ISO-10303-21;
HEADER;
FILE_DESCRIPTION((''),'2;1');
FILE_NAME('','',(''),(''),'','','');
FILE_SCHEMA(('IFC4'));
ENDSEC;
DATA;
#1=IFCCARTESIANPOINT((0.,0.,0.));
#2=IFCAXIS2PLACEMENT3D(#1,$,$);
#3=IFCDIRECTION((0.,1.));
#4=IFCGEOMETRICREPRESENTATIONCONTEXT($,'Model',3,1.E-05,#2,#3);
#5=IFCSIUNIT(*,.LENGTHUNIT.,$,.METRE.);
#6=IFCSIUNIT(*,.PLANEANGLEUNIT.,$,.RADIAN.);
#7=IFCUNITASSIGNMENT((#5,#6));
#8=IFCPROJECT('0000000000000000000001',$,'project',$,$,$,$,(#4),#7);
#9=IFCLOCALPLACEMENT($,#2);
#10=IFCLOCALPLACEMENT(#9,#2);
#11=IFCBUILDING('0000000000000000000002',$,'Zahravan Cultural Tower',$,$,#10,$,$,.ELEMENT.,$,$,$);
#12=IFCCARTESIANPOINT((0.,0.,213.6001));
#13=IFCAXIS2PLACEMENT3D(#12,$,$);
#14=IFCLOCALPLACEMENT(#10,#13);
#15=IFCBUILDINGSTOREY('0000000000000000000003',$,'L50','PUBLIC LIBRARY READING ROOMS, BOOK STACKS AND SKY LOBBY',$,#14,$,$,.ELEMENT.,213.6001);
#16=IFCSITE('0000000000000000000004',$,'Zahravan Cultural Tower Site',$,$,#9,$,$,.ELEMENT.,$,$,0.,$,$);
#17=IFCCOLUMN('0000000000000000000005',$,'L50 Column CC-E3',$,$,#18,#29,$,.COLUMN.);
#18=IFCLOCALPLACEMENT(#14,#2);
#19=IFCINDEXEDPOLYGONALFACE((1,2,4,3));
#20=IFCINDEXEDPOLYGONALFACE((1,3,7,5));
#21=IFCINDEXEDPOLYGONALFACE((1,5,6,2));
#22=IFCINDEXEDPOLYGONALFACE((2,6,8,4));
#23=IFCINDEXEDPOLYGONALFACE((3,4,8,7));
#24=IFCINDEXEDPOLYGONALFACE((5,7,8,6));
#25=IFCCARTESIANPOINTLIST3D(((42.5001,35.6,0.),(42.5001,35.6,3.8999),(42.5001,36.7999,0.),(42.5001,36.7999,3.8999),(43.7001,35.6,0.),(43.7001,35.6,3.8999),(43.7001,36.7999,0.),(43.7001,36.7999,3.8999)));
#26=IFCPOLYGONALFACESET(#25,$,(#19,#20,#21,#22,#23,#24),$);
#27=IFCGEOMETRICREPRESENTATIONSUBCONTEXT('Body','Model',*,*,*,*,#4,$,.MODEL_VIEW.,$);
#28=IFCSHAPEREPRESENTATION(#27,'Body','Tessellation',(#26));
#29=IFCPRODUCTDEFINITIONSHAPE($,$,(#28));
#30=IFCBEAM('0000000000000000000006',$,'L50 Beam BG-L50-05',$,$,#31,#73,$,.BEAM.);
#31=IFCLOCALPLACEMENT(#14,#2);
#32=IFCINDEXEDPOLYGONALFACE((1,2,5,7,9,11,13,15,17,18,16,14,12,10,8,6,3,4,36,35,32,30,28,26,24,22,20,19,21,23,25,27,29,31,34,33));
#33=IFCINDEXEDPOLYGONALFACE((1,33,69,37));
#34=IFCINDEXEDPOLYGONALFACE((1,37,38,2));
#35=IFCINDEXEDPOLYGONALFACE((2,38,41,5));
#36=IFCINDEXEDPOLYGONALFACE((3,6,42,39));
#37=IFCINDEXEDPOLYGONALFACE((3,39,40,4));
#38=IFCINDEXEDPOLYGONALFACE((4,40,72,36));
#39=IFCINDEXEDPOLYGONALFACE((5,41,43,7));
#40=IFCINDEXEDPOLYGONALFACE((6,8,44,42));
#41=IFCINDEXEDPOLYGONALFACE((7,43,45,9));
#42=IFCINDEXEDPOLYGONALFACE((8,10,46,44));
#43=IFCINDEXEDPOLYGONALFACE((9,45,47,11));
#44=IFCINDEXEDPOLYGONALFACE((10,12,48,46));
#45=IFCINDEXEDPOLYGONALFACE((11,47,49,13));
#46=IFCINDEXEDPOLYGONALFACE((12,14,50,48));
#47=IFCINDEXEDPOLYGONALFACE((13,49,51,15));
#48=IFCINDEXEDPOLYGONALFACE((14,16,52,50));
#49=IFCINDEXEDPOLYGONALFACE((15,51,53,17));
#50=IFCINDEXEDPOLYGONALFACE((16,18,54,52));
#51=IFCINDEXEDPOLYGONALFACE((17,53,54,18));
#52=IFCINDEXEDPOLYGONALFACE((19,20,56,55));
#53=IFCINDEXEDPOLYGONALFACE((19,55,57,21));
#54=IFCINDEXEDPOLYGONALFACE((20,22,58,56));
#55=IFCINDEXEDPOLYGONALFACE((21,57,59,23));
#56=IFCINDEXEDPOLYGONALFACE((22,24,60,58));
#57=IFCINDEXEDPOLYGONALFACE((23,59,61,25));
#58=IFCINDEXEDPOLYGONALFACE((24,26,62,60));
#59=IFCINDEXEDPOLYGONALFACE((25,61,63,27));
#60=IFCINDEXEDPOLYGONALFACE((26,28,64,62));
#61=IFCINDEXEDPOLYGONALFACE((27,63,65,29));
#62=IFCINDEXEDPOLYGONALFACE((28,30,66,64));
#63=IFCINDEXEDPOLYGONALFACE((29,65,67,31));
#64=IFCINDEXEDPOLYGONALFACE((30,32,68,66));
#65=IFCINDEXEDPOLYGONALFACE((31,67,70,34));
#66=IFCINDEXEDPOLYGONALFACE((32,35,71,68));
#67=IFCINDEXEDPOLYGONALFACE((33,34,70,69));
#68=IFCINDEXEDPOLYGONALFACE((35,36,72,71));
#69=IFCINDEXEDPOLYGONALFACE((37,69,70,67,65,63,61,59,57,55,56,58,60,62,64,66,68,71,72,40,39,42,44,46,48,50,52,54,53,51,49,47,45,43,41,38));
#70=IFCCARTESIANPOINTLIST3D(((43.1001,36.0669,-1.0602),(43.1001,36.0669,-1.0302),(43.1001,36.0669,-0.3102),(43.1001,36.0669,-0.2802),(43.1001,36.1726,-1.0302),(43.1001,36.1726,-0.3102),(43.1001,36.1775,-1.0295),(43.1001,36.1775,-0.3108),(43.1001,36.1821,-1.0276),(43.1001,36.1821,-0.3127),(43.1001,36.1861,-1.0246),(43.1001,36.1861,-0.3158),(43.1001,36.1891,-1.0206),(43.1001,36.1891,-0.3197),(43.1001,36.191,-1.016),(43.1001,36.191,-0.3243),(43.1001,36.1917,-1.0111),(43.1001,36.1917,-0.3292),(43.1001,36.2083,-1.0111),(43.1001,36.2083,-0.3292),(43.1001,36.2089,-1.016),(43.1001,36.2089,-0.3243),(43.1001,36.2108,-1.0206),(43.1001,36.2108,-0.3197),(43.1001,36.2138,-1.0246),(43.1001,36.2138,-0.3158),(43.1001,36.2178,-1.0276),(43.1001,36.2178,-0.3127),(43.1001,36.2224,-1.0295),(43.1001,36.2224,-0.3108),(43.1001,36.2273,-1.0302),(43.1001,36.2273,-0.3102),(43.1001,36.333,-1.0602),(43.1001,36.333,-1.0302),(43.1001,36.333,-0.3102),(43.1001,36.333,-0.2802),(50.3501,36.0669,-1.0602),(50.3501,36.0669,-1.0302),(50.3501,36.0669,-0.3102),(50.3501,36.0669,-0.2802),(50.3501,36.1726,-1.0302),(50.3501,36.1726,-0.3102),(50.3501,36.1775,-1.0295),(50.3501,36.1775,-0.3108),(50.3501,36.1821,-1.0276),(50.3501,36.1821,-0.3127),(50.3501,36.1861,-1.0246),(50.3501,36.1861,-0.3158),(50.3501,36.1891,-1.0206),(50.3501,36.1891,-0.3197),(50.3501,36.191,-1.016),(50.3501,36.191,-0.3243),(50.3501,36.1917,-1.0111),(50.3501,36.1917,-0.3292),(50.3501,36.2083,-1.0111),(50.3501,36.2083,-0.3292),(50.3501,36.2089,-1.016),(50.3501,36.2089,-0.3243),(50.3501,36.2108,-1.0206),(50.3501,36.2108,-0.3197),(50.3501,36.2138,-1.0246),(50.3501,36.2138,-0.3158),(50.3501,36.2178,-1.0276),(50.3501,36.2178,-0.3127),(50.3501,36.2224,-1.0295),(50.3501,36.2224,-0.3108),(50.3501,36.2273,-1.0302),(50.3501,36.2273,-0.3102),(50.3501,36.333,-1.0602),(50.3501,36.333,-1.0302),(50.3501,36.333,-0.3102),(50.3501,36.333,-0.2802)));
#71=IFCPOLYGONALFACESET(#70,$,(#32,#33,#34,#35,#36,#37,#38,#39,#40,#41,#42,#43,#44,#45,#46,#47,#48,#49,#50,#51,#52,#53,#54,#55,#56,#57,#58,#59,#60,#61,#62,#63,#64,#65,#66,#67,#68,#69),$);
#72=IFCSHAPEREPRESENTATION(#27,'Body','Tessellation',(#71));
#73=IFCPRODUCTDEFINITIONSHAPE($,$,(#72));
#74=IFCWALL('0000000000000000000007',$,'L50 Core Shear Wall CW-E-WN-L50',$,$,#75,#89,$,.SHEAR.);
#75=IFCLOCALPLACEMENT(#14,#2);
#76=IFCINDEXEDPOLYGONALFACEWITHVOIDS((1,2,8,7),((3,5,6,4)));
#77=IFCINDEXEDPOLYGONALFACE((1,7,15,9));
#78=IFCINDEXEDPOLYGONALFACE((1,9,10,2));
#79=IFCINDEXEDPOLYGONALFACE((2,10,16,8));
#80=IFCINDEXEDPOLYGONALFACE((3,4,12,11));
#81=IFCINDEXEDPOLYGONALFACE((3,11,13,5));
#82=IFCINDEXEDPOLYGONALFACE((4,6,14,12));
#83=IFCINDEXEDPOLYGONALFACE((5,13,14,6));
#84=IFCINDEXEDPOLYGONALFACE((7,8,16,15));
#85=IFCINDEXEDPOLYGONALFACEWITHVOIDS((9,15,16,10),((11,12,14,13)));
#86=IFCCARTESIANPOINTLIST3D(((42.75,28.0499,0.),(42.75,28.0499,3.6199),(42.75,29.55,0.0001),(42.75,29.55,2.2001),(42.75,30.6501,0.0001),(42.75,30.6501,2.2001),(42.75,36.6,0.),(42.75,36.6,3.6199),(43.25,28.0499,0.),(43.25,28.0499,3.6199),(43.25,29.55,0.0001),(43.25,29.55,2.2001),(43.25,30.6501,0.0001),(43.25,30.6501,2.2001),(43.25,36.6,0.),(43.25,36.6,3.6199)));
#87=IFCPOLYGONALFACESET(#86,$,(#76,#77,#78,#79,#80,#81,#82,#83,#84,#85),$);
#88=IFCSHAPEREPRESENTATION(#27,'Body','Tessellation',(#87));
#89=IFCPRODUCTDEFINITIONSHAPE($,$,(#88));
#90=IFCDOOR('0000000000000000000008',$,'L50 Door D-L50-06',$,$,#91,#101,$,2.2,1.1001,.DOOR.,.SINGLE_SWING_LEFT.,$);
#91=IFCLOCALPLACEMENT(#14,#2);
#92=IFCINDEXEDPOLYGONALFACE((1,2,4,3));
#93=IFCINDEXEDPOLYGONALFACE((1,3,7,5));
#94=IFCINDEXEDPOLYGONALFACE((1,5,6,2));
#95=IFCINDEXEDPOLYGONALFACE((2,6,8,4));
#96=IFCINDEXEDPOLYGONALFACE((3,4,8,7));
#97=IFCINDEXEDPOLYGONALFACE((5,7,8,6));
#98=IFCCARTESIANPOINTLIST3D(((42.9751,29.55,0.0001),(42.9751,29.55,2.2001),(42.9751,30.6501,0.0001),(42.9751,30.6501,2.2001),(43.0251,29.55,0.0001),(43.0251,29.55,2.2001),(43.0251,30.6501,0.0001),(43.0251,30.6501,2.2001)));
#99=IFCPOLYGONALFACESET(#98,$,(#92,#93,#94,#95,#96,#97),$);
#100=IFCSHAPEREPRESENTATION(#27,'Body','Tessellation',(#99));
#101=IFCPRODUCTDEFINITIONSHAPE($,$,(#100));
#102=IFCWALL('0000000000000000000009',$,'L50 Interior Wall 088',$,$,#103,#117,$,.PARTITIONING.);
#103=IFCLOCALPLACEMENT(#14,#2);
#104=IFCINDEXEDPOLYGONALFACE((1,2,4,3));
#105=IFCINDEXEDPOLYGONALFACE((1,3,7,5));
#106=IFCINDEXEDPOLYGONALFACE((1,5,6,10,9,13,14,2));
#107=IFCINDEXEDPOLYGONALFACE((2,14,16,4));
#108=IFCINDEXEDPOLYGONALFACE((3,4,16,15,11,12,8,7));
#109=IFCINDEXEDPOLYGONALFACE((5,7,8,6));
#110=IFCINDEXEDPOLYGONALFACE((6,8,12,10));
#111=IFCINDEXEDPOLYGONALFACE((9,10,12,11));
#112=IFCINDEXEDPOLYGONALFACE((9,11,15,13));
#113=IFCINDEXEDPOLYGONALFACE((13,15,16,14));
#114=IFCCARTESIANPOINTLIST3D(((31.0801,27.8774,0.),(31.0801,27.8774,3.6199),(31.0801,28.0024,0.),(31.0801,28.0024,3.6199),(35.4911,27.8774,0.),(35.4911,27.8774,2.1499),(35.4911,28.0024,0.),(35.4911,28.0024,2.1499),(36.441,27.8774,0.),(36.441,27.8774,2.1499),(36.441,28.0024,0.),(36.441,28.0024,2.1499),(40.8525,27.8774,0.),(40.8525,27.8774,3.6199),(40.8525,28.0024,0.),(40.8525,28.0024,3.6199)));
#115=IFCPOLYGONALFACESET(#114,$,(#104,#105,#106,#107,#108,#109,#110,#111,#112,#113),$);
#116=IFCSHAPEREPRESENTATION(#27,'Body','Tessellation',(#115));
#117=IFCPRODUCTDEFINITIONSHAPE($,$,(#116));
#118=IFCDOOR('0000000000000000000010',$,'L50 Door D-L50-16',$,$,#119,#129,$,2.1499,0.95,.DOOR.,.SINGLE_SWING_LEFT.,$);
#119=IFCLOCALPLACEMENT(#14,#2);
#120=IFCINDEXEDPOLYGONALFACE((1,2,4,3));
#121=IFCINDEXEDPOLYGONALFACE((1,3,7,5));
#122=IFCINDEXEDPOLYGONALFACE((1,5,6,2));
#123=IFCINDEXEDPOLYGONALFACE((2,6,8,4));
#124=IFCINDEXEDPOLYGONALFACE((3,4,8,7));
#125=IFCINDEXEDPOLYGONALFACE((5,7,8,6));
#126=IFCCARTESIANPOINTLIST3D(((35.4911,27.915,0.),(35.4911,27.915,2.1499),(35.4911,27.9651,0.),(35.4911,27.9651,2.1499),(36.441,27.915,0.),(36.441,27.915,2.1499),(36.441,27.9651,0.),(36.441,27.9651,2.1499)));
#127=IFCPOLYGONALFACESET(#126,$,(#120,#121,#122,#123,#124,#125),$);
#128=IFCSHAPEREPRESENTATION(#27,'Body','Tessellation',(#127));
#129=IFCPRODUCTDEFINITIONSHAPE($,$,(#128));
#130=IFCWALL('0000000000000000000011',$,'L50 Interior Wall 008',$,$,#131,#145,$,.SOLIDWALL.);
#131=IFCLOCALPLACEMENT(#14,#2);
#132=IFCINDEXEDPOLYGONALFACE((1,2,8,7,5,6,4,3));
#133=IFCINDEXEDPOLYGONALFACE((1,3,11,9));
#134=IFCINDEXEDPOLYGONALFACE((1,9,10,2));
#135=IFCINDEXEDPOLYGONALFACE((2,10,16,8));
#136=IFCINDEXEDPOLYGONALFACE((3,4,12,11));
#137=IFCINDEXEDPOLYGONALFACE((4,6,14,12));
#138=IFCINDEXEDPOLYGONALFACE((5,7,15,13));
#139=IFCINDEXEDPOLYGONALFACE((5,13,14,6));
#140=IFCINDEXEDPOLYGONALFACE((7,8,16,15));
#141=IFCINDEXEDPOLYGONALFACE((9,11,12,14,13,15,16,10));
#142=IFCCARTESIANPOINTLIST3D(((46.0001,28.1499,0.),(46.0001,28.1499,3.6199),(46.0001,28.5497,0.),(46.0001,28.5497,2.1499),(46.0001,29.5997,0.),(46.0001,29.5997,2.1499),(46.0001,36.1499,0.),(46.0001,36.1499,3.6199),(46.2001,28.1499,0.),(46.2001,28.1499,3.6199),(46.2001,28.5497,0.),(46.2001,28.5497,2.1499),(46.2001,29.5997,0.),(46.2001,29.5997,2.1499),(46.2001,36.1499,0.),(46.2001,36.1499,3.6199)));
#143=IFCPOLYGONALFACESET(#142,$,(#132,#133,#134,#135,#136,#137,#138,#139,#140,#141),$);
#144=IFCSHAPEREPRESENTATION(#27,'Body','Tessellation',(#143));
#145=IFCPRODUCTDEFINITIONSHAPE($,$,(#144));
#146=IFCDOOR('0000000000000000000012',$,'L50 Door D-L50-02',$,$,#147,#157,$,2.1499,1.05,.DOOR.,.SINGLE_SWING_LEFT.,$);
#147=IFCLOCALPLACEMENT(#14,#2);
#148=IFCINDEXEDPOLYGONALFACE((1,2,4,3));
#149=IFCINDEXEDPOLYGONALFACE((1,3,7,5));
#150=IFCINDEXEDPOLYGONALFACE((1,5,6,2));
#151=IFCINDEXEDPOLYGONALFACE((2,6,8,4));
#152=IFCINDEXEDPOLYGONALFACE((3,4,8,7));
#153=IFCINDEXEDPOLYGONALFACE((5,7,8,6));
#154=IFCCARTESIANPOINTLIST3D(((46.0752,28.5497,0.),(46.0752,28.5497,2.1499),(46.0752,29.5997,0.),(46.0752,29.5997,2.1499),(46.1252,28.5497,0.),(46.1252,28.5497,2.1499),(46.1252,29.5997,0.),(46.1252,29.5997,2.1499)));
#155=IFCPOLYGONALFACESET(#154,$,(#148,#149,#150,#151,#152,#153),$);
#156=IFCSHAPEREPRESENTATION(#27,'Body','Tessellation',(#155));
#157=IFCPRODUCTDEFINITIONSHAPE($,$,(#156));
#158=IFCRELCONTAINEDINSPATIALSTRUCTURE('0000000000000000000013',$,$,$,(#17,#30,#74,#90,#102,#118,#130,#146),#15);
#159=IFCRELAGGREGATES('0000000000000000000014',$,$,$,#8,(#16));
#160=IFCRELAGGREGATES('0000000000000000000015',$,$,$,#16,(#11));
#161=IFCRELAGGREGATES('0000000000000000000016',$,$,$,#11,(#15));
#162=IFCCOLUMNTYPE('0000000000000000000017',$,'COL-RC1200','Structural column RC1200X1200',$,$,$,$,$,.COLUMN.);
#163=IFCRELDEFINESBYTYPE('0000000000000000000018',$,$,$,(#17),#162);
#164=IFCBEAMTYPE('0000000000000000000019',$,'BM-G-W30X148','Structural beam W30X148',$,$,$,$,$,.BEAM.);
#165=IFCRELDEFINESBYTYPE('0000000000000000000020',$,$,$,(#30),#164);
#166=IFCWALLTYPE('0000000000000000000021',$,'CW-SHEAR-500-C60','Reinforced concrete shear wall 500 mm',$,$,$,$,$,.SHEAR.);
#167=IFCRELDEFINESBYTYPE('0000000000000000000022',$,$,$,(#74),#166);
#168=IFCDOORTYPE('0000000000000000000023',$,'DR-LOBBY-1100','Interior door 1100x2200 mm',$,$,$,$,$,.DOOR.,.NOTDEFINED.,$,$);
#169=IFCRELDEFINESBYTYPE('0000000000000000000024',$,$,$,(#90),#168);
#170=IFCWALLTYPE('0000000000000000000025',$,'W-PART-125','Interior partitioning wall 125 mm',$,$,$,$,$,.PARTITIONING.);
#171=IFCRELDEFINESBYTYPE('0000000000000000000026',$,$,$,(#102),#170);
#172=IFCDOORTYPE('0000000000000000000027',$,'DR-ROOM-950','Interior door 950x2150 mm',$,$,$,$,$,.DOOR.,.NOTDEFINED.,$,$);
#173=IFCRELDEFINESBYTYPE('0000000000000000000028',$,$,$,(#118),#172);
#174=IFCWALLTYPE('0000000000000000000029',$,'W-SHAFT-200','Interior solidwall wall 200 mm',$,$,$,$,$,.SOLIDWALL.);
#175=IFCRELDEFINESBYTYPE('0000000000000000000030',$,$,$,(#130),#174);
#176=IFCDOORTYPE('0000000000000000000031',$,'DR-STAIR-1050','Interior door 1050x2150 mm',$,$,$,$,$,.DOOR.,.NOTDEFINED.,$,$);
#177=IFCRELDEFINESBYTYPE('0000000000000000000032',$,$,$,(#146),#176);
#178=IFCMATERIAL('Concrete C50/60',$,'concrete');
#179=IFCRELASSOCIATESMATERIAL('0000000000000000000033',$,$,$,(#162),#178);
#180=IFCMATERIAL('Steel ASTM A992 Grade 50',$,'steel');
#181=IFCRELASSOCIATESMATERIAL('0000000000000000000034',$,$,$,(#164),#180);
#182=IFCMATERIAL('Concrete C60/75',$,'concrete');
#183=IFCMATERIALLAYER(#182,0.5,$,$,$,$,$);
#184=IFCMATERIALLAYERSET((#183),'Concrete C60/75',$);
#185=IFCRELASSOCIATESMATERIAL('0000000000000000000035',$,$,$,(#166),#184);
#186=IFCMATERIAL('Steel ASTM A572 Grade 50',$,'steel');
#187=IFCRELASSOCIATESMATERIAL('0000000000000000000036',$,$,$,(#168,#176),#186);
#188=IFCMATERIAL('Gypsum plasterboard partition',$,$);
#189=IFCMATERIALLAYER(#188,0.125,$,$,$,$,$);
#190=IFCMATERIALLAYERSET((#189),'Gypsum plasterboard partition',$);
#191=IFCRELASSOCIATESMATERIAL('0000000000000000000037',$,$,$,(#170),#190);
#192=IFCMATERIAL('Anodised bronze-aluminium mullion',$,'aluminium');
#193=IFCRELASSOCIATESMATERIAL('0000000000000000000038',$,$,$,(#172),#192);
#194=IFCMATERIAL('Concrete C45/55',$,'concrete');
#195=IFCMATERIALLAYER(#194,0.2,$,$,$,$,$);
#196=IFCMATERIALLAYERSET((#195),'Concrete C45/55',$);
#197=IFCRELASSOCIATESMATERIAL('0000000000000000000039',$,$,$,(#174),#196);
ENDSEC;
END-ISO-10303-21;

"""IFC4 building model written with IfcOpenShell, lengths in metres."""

from ifc_helpers import new_model, si_unit, direction, frame, frame_2d, origin, origin_2d, place, context, subcontext, project, spatial, rectangle, i_section, extrude, source, transform, mapped, material, layer, layer_set, material_profile, profile_set, type_object, element, fill, save


model = new_model("IFC4")

# Units and contexts
model_context = context("Model", 3, precision=1e-05, world=origin(), true_north=direction((0.0, 1.0)))
body_context = subcontext(model_context, "Body", "Model", "MODEL_VIEW")
ifc_project = project(units=[si_unit("LENGTHUNIT", "METRE"), si_unit("PLANEANGLEUNIT", "RADIAN")], contexts=[model_context])

# Site, building, storey
site_placement = place(None, origin())
site = spatial("IfcSite", under=ifc_project, at=site_placement, Name="Zahravan Cultural Tower Site", CompositionType="ELEMENT", RefElevation=0.0)
building_placement = place(site_placement, origin())
building = spatial("IfcBuilding", under=site, at=building_placement, Name="Zahravan Cultural Tower", CompositionType="ELEMENT")
storey_placement = place(building_placement, frame((0.0, 0.0, 213.6001)))
storey = spatial("IfcBuildingStorey", under=building, at=storey_placement, Name="L50", Description="PUBLIC LIBRARY READING ROOMS, BOOK STACKS AND SKY LOBBY", CompositionType="ELEMENT", Elevation=213.6001)

# Column
ifc_material_1 = material(Name="Concrete C50/60", Category="concrete")
ifc_material_profile_1 = material_profile(ifc_material_1, rectangle(XDim=1.2, YDim=1.2, at=origin_2d()), Name="RC1200X1200")
ifc_profile_set_1 = profile_set([ifc_material_profile_1], Name="Concrete C50/60")
column_type = type_object("IfcColumnType", Name="COL-RC1200", Description="Structural column RC1200X1200", PredefinedType="COLUMN", material=ifc_profile_set_1)
shared_shape_1 = source(origin(), body_context, "Body", "SweptSolid", [
    extrude(rectangle(XDim=1.2, YDim=1.2, at=origin_2d()), origin(), (0.0, 0.0, 1.0), 3.8999),
])
column_placement = place(storey_placement, frame((43.1001, 36.2, 0.0), z_axis=(0.0, 0.0, 1.0), x_axis=(1.0, 0.0, 0.0)))
element("IfcColumn", 1, at=column_placement, inside=storey, type_object=column_type, Name="L50 Column CC-E3", PredefinedType="COLUMN", context=body_context, shape_type="MappedRepresentation", body=[
    mapped(shared_shape_1, transform((0.0, 0.0, 0.0), x_axis=(1.0, 0.0, 0.0), y_axis=(0.0, 1.0, 0.0), z_axis=(0.0, 0.0, 1.0), scale=1.0)),
])

# Beam
ifc_material_2 = material(Name="Steel ASTM A992 Grade 50", Category="steel")
ifc_material_profile_2 = material_profile(ifc_material_2, i_section(OverallWidth=0.2661, OverallDepth=0.78, WebThickness=0.0166, FlangeThickness=0.03, FilletRadius=0.019, at=origin_2d()), Name="W30X148")
ifc_profile_set_2 = profile_set([ifc_material_profile_2], Name="Steel ASTM A992 Grade 50")
beam_type = type_object("IfcBeamType", Name="BM-G-W30X148", Description="Structural beam W30X148", PredefinedType="BEAM", material=ifc_profile_set_2)
shared_shape_2 = source(origin(), body_context, "Body", "SweptSolid", [
    extrude(i_section(OverallWidth=0.2661, OverallDepth=0.78, WebThickness=0.0166, FlangeThickness=0.03, FilletRadius=0.019, at=origin_2d()), origin(), (0.0, 0.0, 1.0), 7.25),
])
beam_placement = place(storey_placement, frame((43.1001, 36.2, -0.6702), z_axis=(1.0, 0.0, 0.0), x_axis=(0.0, 1.0, 0.0)))
element("IfcBeam", 2, at=beam_placement, inside=storey, type_object=beam_type, Name="L50 Beam BG-L50-05", PredefinedType="BEAM", context=body_context, shape_type="MappedRepresentation", body=[
    mapped(shared_shape_2, transform((0.0, 0.0, 0.0), x_axis=(1.0, 0.0, 0.0), y_axis=(0.0, 1.0, 0.0), z_axis=(0.0, 0.0, 1.0), scale=1.0)),
])

# Walls, openings, doors
ifc_material_3 = material(Name="Concrete C60/75", Category="concrete")
ifc_layer_1 = layer(ifc_material_3, 0.5)
ifc_layer_set_1 = layer_set([ifc_layer_1], Name="Concrete C60/75")
wall_type_1 = type_object("IfcWallType", Name="CW-SHEAR-500-C60", Description="Reinforced concrete shear wall 500 mm", PredefinedType="SHEAR", material=ifc_layer_set_1)
wall_1_placement = place(storey_placement, frame((43.0, 28.05, 0.0), z_axis=(0.0, 0.0, 1.0), x_axis=(0.0, 1.0, 0.0)))
wall_1 = element("IfcWall", 3, at=wall_1_placement, inside=storey, type_object=wall_type_1, Name="L50 Core Shear Wall CW-E-WN-L50", PredefinedType="SHEAR", context=body_context, shape_type="SweptSolid", body=[
    extrude(rectangle(XDim=8.55, YDim=0.5, at=frame_2d((4.2749, 0.0))), origin(), (0.0, 0.0, 1.0), 3.6199),
])
opening_1_placement = place(wall_1_placement, frame((1.5, 0.0, 0.0)))
opening_1 = element("IfcOpeningElement", 4, at=opening_1_placement, cuts=wall_1, PredefinedType="OPENING", context=body_context, shape_type="SweptSolid", body=[
    extrude(rectangle(XDim=1.1001, YDim=2.2, at=frame_2d((0.55, 1.1001))), frame((0.0, 0.26, 0.0), z_axis=(0.0, -1.0, 0.0), x_axis=(1.0, 0.0, 0.0)), (0.0, 0.0, 1.0), 0.52),
])
ifc_material_4 = material(Name="Steel ASTM A572 Grade 50", Category="steel")
door_type_1 = type_object("IfcDoorType", Name="DR-LOBBY-1100", Description="Interior door 1100x2200 mm", OperationType="NOTDEFINED", PredefinedType="DOOR", material=ifc_material_4)
shared_shape_3 = source(origin(), body_context, "Body", "SweptSolid", [
    extrude(rectangle(XDim=1.1001, YDim=2.2, at=frame_2d((0.55, 1.1001))), frame((0.0, 0.0249, 0.0), z_axis=(0.0, -1.0, 0.0), x_axis=(1.0, 0.0, 0.0)), (0.0, 0.0, 1.0), 0.05),
])
door_1_placement = place(opening_1_placement, origin())
door_1 = element("IfcDoor", 5, at=door_1_placement, inside=storey, type_object=door_type_1, Name="L50 Door D-L50-06", OperationType="SINGLE_SWING_LEFT", OverallHeight=2.2, OverallWidth=1.1001, PredefinedType="DOOR", context=body_context, shape_type="MappedRepresentation", body=[
    mapped(shared_shape_3, transform((0.0, 0.0, 0.0), x_axis=(1.0, 0.0, 0.0), y_axis=(0.0, 1.0, 0.0), z_axis=(0.0, 0.0, 1.0), scale=1.0)),
])
fill(opening_1, door_1)
ifc_material_5 = material(Name="Gypsum plasterboard partition")
ifc_layer_2 = layer(ifc_material_5, 0.125)
ifc_layer_set_2 = layer_set([ifc_layer_2], Name="Gypsum plasterboard partition")
wall_type_2 = type_object("IfcWallType", Name="W-PART-125", Description="Interior partitioning wall 125 mm", PredefinedType="PARTITIONING", material=ifc_layer_set_2)
wall_2_placement = place(storey_placement, frame((40.8525, 27.9399, 0.0), z_axis=(0.0, 0.0, 1.0), x_axis=(-1.0, 0.0, 0.0)))
wall_2 = element("IfcWall", 6, at=wall_2_placement, inside=storey, type_object=wall_type_2, Name="L50 Interior Wall 088", PredefinedType="PARTITIONING", context=body_context, shape_type="SweptSolid", body=[
    extrude(rectangle(XDim=9.7725, YDim=0.125, at=frame_2d((4.8862, 0.0))), origin(), (0.0, 0.0, 1.0), 3.6199),
])
opening_2_placement = place(wall_2_placement, frame((4.4114, 0.0, 0.0)))
opening_2 = element("IfcOpeningElement", 7, at=opening_2_placement, cuts=wall_2, PredefinedType="OPENING", context=body_context, shape_type="SweptSolid", body=[
    extrude(rectangle(XDim=0.95, YDim=2.1499, at=frame_2d((0.4751, 1.075))), frame((0.0, 0.0725, 0.0), z_axis=(0.0, -1.0, 0.0), x_axis=(1.0, 0.0, 0.0)), (0.0, 0.0, 1.0), 0.145),
])
ifc_material_6 = material(Name="Anodised bronze-aluminium mullion", Category="aluminium")
door_type_2 = type_object("IfcDoorType", Name="DR-ROOM-950", Description="Interior door 950x2150 mm", OperationType="NOTDEFINED", PredefinedType="DOOR", material=ifc_material_6)
shared_shape_4 = source(origin(), body_context, "Body", "SweptSolid", [
    extrude(rectangle(XDim=0.95, YDim=2.1499, at=frame_2d((0.4751, 1.075))), frame((0.0, 0.0249, 0.0), z_axis=(0.0, -1.0, 0.0), x_axis=(1.0, 0.0, 0.0)), (0.0, 0.0, 1.0), 0.05),
])
door_2_placement = place(opening_2_placement, origin())
door_2 = element("IfcDoor", 8, at=door_2_placement, inside=storey, type_object=door_type_2, Name="L50 Door D-L50-16", OperationType="SINGLE_SWING_LEFT", OverallHeight=2.1499, OverallWidth=0.95, PredefinedType="DOOR", context=body_context, shape_type="MappedRepresentation", body=[
    mapped(shared_shape_4, transform((0.0, 0.0, 0.0), x_axis=(1.0, 0.0, 0.0), y_axis=(0.0, 1.0, 0.0), z_axis=(0.0, 0.0, 1.0), scale=1.0)),
])
fill(opening_2, door_2)
ifc_material_7 = material(Name="Concrete C45/55", Category="concrete")
ifc_layer_3 = layer(ifc_material_7, 0.2)
ifc_layer_set_3 = layer_set([ifc_layer_3], Name="Concrete C45/55")
wall_type_3 = type_object("IfcWallType", Name="W-SHAFT-200", Description="Interior solidwall wall 200 mm", PredefinedType="SOLIDWALL", material=ifc_layer_set_3)
wall_3_placement = place(storey_placement, frame((46.1001, 28.1499, 0.0), z_axis=(0.0, 0.0, 1.0), x_axis=(0.0, 1.0, 0.0)))
wall_3 = element("IfcWall", 9, at=wall_3_placement, inside=storey, type_object=wall_type_3, Name="L50 Interior Wall 008", PredefinedType="SOLIDWALL", context=body_context, shape_type="SweptSolid", body=[
    extrude(rectangle(XDim=8.0, YDim=0.2, at=frame_2d((4.0, 0.0))), origin(), (0.0, 0.0, 1.0), 3.6199),
])
opening_3_placement = place(wall_3_placement, frame((0.3999, 0.0, 0.0)))
opening_3 = element("IfcOpeningElement", 10, at=opening_3_placement, cuts=wall_3, PredefinedType="OPENING", context=body_context, shape_type="SweptSolid", body=[
    extrude(rectangle(XDim=1.05, YDim=2.1499, at=frame_2d((0.5249, 1.075))), frame((0.0, 0.1099, 0.0), z_axis=(0.0, -1.0, 0.0), x_axis=(1.0, 0.0, 0.0)), (0.0, 0.0, 1.0), 0.22),
])
door_type_3 = type_object("IfcDoorType", Name="DR-STAIR-1050", Description="Interior door 1050x2150 mm", OperationType="NOTDEFINED", PredefinedType="DOOR", material=ifc_material_4)
shared_shape_5 = source(origin(), body_context, "Body", "SweptSolid", [
    extrude(rectangle(XDim=1.05, YDim=2.1499, at=frame_2d((0.5249, 1.075))), frame((0.0, 0.0249, 0.0), z_axis=(0.0, -1.0, 0.0), x_axis=(1.0, 0.0, 0.0)), (0.0, 0.0, 1.0), 0.05),
])
door_3_placement = place(opening_3_placement, origin())
door_3 = element("IfcDoor", 11, at=door_3_placement, inside=storey, type_object=door_type_3, Name="L50 Door D-L50-02", OperationType="SINGLE_SWING_LEFT", OverallHeight=2.1499, OverallWidth=1.05, PredefinedType="DOOR", context=body_context, shape_type="MappedRepresentation", body=[
    mapped(shared_shape_5, transform((0.0, 0.0, 0.0), x_axis=(1.0, 0.0, 0.0), y_axis=(0.0, 1.0, 0.0), z_axis=(0.0, 0.0, 1.0), scale=1.0)),
])
fill(opening_3, door_3)

save(model, "model.ifc")
